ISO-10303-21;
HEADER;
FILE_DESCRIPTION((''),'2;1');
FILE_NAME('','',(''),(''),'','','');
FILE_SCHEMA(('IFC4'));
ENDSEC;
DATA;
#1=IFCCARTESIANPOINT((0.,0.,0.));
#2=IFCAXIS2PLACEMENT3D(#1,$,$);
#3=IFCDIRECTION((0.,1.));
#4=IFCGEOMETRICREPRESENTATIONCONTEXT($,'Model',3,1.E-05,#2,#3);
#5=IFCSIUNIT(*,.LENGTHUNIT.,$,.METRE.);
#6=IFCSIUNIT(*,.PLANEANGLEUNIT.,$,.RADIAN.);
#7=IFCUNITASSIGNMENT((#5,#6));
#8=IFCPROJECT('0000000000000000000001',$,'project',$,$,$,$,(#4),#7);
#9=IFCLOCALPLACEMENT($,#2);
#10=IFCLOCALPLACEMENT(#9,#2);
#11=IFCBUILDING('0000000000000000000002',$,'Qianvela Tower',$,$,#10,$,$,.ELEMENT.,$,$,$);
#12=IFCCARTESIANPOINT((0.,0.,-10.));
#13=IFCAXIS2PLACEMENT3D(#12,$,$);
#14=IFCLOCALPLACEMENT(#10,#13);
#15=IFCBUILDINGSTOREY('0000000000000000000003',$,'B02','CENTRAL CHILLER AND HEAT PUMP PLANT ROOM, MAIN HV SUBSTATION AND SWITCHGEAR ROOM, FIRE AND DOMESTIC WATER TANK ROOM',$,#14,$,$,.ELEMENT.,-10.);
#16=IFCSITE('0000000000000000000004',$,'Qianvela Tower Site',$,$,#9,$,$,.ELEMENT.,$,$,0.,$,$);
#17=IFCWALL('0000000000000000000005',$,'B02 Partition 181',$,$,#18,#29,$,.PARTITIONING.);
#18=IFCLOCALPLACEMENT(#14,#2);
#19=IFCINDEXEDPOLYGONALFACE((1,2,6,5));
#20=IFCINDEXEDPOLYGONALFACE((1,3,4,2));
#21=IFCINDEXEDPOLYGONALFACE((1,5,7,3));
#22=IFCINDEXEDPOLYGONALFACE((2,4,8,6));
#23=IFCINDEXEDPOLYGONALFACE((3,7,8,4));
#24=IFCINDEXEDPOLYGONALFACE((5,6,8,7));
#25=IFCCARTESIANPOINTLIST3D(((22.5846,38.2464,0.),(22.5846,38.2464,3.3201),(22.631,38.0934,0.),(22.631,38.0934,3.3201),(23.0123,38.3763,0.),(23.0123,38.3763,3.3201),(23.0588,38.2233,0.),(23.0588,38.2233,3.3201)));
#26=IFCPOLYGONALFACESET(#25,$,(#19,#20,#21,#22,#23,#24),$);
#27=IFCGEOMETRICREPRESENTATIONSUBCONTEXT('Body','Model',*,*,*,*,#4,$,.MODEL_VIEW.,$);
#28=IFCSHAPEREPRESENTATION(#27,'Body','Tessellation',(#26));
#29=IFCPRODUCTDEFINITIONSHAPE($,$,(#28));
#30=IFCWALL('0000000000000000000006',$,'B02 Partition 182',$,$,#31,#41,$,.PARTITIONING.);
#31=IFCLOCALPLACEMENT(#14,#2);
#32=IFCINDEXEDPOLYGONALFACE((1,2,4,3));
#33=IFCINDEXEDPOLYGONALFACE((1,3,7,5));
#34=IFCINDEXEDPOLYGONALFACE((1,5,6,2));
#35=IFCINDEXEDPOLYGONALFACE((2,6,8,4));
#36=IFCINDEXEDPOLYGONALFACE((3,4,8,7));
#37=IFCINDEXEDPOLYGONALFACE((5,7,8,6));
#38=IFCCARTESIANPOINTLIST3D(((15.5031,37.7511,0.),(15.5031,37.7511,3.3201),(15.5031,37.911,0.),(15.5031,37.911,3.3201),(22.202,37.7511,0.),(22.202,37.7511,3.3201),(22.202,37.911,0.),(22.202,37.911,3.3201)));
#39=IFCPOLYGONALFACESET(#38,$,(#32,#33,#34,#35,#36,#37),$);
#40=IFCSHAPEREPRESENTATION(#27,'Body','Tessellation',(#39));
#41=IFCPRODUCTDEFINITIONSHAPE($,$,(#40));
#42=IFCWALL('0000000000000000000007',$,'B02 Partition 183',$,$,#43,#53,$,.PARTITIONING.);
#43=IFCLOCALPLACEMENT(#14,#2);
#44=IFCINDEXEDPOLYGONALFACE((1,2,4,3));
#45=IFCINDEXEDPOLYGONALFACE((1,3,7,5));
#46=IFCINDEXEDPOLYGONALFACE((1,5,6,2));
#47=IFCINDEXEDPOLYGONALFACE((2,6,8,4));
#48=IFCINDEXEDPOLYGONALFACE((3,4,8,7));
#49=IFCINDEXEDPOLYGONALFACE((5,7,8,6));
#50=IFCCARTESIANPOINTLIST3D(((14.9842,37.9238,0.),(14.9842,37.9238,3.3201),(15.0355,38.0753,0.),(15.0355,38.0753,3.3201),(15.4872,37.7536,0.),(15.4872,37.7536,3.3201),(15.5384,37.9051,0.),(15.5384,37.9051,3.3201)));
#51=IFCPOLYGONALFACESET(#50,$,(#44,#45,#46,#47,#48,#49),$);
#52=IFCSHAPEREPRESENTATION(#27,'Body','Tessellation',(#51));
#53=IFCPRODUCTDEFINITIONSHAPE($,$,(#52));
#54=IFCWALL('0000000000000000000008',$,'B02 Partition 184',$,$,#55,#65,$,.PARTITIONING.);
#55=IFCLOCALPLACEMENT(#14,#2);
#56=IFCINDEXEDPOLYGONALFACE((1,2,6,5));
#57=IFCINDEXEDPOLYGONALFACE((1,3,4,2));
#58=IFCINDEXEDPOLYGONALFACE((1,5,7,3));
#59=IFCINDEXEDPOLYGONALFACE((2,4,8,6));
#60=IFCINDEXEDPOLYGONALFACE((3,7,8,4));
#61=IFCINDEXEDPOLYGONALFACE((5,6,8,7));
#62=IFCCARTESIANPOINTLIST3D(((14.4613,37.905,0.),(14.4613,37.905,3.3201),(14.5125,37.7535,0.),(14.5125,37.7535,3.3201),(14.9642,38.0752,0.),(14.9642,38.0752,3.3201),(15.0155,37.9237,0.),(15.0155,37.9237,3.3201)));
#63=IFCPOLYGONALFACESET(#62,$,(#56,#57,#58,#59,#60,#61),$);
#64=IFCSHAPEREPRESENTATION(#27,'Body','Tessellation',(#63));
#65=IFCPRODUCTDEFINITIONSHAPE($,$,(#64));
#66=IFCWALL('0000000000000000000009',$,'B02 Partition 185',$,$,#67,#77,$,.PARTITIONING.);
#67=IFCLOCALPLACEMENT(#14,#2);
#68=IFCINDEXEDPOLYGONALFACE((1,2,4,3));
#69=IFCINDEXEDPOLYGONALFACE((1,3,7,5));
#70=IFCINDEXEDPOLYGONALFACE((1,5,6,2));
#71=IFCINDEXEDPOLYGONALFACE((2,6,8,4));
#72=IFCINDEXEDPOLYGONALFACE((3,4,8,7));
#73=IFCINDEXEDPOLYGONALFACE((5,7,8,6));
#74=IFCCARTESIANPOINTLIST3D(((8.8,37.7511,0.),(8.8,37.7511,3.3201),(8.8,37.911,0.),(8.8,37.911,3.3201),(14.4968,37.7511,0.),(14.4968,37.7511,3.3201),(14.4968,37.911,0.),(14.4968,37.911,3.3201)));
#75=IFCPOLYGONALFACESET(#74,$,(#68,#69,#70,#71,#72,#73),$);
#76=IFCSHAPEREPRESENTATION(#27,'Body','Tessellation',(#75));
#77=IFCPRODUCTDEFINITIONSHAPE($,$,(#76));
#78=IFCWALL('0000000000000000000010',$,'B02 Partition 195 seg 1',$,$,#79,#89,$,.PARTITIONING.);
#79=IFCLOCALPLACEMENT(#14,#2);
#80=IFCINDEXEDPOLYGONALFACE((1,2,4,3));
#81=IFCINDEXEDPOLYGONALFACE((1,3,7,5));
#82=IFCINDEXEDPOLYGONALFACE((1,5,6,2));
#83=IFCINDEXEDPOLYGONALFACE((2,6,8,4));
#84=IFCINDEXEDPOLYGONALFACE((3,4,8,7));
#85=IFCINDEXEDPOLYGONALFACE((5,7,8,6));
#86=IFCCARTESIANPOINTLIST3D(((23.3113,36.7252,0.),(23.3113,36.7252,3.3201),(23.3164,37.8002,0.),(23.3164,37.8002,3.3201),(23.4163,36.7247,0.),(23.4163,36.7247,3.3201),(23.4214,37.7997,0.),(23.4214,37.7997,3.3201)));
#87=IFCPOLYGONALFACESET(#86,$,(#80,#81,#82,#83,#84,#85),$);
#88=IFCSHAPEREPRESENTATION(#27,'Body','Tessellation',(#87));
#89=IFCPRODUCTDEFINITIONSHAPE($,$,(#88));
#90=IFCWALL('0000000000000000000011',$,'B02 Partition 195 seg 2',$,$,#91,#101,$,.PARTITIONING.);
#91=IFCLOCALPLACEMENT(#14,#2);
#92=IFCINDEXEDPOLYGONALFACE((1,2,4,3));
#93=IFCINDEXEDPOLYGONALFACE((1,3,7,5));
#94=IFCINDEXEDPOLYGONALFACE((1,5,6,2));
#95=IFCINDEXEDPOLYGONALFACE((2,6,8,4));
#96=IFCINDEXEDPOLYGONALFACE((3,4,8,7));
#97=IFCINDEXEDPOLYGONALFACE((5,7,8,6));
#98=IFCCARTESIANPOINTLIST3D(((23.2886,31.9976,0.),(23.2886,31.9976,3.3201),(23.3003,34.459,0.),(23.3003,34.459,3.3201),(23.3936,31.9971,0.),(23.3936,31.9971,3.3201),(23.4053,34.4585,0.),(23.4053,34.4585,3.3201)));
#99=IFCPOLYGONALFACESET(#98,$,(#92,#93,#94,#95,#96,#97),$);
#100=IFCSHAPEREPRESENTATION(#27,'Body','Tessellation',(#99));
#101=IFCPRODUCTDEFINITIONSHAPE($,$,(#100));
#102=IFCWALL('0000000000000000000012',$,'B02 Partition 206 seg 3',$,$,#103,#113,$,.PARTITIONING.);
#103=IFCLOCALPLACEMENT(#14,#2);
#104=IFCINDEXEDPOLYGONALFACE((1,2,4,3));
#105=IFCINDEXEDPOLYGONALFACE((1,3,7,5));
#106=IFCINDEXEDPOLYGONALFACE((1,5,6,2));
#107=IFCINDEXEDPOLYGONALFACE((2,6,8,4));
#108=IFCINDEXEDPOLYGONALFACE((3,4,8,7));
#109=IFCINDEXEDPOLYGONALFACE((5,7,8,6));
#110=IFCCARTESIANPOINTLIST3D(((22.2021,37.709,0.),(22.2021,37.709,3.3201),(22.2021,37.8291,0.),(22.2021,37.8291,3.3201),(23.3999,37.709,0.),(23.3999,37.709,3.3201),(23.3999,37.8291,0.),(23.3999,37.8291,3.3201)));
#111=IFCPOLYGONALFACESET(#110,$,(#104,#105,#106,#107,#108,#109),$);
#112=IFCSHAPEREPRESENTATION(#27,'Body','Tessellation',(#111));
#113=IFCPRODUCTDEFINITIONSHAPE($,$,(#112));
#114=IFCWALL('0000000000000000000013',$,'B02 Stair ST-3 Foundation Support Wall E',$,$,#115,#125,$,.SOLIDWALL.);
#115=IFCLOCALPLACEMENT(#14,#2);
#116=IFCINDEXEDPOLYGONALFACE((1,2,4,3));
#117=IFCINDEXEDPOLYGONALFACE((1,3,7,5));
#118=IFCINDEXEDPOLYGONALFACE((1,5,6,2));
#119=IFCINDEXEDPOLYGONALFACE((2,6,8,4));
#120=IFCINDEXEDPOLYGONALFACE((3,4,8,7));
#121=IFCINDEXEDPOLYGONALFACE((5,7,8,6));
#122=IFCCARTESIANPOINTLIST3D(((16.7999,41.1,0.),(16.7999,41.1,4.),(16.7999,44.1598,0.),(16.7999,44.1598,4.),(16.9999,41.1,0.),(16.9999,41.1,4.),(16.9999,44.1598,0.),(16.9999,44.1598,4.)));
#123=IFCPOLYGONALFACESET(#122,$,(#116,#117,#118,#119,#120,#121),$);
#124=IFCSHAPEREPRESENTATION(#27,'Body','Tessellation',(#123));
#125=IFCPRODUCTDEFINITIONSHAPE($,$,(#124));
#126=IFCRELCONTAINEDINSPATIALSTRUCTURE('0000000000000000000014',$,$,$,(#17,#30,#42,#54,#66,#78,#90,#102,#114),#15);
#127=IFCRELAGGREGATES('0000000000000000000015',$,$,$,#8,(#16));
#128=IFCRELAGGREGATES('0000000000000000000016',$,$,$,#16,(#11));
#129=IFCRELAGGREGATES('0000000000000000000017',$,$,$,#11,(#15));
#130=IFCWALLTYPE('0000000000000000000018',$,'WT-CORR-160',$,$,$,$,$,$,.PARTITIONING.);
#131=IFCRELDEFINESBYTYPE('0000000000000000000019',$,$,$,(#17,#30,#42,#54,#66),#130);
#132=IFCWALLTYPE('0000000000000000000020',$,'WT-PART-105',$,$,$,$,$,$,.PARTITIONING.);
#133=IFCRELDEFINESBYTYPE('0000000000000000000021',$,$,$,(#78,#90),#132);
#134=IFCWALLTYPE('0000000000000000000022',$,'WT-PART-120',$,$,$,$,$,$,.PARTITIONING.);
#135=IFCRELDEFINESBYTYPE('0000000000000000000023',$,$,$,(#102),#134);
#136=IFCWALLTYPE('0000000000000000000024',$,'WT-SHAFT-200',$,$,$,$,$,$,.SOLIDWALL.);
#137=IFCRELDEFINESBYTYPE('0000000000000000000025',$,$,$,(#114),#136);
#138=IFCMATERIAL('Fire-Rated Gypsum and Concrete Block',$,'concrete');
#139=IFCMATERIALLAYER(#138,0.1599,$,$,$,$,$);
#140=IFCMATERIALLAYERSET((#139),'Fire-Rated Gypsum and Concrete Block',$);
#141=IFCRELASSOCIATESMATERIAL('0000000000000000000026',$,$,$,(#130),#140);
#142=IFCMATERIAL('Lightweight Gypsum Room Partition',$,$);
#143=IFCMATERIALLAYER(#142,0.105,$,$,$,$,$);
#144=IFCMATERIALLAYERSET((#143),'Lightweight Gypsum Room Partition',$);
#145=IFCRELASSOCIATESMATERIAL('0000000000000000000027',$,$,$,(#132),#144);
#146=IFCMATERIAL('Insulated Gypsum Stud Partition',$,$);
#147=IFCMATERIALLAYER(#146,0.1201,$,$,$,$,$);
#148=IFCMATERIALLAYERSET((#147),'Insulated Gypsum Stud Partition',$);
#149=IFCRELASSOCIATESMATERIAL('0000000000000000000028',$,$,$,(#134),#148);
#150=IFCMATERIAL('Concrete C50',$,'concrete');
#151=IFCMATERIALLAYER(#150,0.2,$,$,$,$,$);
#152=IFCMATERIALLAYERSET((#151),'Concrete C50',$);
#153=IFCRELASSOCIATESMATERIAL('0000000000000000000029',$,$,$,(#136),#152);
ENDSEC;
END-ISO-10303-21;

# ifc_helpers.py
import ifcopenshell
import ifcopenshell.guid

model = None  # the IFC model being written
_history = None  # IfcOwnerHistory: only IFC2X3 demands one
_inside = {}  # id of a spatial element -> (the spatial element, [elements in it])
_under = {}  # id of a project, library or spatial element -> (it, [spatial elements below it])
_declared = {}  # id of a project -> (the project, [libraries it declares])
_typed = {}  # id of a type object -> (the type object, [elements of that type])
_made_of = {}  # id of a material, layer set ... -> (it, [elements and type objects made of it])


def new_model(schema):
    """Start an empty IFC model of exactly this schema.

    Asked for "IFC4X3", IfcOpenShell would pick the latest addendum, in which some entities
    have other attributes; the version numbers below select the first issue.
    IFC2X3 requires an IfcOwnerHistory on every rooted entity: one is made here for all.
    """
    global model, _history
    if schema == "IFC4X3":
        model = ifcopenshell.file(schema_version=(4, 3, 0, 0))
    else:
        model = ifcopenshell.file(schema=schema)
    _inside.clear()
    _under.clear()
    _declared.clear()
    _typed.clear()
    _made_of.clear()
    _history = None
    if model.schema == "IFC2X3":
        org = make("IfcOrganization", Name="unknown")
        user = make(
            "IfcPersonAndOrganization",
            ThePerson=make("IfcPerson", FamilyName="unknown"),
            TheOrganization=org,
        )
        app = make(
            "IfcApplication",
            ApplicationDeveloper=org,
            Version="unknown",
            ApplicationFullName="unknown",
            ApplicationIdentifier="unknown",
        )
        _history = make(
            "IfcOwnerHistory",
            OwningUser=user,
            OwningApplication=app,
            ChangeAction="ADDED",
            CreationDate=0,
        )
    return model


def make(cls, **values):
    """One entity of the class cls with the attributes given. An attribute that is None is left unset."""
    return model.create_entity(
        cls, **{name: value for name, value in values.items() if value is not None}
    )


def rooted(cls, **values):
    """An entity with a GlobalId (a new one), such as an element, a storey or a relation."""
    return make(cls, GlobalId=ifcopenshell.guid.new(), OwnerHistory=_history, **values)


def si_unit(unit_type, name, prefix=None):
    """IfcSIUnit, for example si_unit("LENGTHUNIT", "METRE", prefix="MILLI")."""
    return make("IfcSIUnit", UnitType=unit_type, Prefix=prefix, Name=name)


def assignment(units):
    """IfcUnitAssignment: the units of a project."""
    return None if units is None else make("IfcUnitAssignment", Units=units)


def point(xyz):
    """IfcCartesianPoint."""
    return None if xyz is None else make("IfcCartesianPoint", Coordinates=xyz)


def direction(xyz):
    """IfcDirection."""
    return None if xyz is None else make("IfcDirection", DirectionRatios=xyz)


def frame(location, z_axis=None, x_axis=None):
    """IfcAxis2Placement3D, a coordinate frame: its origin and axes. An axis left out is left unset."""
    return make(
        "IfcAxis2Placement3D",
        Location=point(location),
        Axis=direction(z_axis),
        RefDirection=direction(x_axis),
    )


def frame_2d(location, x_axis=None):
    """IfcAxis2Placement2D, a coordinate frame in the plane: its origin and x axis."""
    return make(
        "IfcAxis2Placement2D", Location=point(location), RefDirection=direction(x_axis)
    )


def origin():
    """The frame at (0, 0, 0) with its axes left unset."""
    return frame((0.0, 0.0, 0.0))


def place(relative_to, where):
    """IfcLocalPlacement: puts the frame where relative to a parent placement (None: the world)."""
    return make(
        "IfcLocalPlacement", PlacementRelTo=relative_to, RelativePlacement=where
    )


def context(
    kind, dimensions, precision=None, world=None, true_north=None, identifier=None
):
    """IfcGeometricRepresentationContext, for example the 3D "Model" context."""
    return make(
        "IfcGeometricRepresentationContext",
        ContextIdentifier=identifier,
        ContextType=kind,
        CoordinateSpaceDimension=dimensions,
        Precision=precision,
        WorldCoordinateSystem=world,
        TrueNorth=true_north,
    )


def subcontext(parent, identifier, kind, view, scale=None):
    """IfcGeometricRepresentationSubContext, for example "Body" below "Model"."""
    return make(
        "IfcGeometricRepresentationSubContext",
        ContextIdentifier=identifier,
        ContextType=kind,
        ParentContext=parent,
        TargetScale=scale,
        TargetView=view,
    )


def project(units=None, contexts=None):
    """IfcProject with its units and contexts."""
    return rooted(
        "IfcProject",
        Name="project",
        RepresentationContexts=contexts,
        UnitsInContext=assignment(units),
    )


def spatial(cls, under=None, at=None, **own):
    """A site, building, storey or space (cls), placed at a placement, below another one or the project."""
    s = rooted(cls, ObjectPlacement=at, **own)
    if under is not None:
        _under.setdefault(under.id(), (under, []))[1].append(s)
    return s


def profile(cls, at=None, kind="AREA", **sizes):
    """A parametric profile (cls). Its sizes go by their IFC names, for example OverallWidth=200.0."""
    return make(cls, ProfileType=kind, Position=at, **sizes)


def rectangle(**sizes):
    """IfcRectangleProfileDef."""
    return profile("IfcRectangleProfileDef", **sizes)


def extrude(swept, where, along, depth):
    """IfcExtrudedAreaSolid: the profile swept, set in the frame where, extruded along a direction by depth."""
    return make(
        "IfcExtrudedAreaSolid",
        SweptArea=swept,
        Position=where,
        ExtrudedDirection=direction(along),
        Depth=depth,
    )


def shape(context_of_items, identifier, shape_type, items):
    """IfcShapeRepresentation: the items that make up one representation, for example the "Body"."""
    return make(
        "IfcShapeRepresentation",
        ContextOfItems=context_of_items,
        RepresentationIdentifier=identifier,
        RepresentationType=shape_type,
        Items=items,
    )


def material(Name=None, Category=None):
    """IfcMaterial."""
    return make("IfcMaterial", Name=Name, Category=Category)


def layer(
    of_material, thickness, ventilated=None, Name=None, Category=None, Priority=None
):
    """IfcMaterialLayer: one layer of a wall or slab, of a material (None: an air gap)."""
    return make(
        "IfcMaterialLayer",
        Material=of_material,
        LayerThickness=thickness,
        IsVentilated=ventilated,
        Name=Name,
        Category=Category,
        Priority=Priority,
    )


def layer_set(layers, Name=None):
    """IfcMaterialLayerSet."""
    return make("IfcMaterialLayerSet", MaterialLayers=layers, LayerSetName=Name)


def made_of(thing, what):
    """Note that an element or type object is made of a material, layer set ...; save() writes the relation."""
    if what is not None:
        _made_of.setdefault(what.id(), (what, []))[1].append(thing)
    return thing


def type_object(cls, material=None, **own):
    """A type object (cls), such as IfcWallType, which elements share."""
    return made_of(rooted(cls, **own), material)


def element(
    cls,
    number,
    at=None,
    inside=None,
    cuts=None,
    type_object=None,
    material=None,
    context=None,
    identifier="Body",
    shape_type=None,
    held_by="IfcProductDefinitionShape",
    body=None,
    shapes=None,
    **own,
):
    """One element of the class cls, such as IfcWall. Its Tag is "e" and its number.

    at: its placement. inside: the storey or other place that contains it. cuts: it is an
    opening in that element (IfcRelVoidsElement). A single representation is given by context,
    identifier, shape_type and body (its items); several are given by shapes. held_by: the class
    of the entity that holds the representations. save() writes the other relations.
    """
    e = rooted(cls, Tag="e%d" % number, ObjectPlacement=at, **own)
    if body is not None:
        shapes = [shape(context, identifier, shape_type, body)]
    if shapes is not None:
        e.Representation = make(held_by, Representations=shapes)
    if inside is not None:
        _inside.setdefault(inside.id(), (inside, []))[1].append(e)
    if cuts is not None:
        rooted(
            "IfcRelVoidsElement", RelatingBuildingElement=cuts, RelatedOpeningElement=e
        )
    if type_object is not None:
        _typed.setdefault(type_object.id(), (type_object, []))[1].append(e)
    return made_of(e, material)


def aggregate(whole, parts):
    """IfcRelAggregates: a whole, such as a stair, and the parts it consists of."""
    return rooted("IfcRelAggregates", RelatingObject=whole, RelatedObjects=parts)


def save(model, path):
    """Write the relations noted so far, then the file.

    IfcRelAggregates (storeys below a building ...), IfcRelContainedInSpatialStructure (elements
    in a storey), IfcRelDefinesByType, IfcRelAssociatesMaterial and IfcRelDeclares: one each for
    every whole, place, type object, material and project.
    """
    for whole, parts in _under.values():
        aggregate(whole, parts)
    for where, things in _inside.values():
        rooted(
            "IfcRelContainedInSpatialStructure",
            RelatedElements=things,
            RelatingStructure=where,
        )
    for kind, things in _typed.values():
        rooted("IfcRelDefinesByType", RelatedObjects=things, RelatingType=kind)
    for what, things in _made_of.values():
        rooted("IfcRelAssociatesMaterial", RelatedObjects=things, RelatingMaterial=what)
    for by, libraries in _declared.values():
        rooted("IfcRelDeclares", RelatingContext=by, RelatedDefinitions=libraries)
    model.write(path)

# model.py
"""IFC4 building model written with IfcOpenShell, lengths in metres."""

from ifc_helpers import new_model, si_unit, direction, frame, frame_2d, origin, place, context, subcontext, project, spatial, rectangle, extrude, material, layer, layer_set, type_object, element, save


model = new_model("IFC4")

# Units and contexts
model_context = context("Model", 3, precision=1e-05, world=origin(), true_north=direction((0.0, 1.0)))
body_context = subcontext(model_context, "Body", "Model", "MODEL_VIEW")
ifc_project = project(units=[si_unit("LENGTHUNIT", "METRE"), si_unit("PLANEANGLEUNIT", "RADIAN")], contexts=[model_context])

# Site, building, storey
site_placement = place(None, origin())
site = spatial("IfcSite", under=ifc_project, at=site_placement, Name="Qianvela Tower Site", CompositionType="ELEMENT", RefElevation=0.0)
building_placement = place(site_placement, origin())
building = spatial("IfcBuilding", under=site, at=building_placement, Name="Qianvela Tower", CompositionType="ELEMENT")
storey_placement = place(building_placement, frame((0.0, 0.0, -10.0)))
storey = spatial("IfcBuildingStorey", under=building, at=storey_placement, Name="B02", Description="CENTRAL CHILLER AND HEAT PUMP PLANT ROOM, MAIN HV SUBSTATION AND SWITCHGEAR ROOM, FIRE AND DOMESTIC WATER TANK ROOM", CompositionType="ELEMENT", Elevation=-10.0)

# Shared definitions
ifc_material_1 = material(Name="Fire-Rated Gypsum and Concrete Block", Category="concrete")
ifc_layer_1 = layer(ifc_material_1, 0.1599)
ifc_layer_set_1 = layer_set([ifc_layer_1], Name="Fire-Rated Gypsum and Concrete Block")
wall_type_1 = type_object("IfcWallType", Name="WT-CORR-160", PredefinedType="PARTITIONING", material=ifc_layer_set_1)

# Walls
wall_1_placement = place(storey_placement, frame((23.0356, 38.2998, 0.0), z_axis=(0.0, 0.0, 1.0), x_axis=(-0.956859, -0.290553, 0.0)))
element("IfcWall", 1, at=wall_1_placement, inside=storey, type_object=wall_type_1, Name="B02 Partition 181", PredefinedType="PARTITIONING", context=body_context, shape_type="SweptSolid", body=[
    extrude(rectangle(XDim=0.447, YDim=0.1599, at=frame_2d((0.2236, 0.0))), origin(), (0.0, 0.0, 1.0), 3.3201),
])
wall_2_placement = place(storey_placement, frame((22.2021, 37.8311, 0.0), z_axis=(0.0, 0.0, 1.0), x_axis=(-1.0, 0.0, 0.0)))
element("IfcWall", 2, at=wall_2_placement, inside=storey, type_object=wall_type_1, Name="B02 Partition 182", PredefinedType="PARTITIONING", context=body_context, shape_type="SweptSolid", body=[
    extrude(rectangle(XDim=6.699, YDim=0.1599, at=frame_2d((3.3496, 0.0))), origin(), (0.0, 0.0, 1.0), 3.3201),
])
for number, where, z_axis, x_axis, name in (
    (3, (15.5129, 37.8293, 0.0), (0.0, 0.0, 1.0), (-0.947248, 0.320501, 0.0), "B02 Partition 183"),
    (4, (14.99, 37.9995, 0.0), (0.0, 0.0, 1.0), (-0.947248, -0.320501, 0.0), "B02 Partition 184"),
):
    element("IfcWall", number, at=place(storey_placement, frame(where, z_axis=z_axis, x_axis=x_axis)), inside=storey, type_object=wall_type_1, Name=name, PredefinedType="PARTITIONING", context=body_context, shape_type="SweptSolid", body=[
        extrude(rectangle(XDim=0.531, YDim=0.1599, at=frame_2d((0.2656, 0.0))), origin(), (0.0, 0.0, 1.0), 3.3201),
    ])
wall_3_placement = place(storey_placement, frame((14.4968, 37.8311, 0.0), z_axis=(0.0, 0.0, 1.0), x_axis=(-1.0, 0.0, 0.0)))
element("IfcWall", 5, at=wall_3_placement, inside=storey, type_object=wall_type_1, Name="B02 Partition 185", PredefinedType="PARTITIONING", context=body_context, shape_type="SweptSolid", body=[
    extrude(rectangle(XDim=5.6968, YDim=0.1599, at=frame_2d((2.8484, 0.0))), origin(), (0.0, 0.0, 1.0), 3.3201),
])
ifc_material_2 = material(Name="Lightweight Gypsum Room Partition")
ifc_layer_2 = layer(ifc_material_2, 0.105)
ifc_layer_set_2 = layer_set([ifc_layer_2], Name="Lightweight Gypsum Room Partition")
wall_type_2 = type_object("IfcWallType", Name="WT-PART-105", PredefinedType="PARTITIONING", material=ifc_layer_set_2)
wall_4_placement = place(storey_placement, frame((23.3689, 37.8, 0.0), z_axis=(0.0, 0.0, 1.0), x_axis=(-0.004769, -0.999989, 0.0)))
element("IfcWall", 6, at=wall_4_placement, inside=storey, type_object=wall_type_2, Name="B02 Partition 195 seg 1", PredefinedType="PARTITIONING", context=body_context, shape_type="SweptSolid", body=[
    extrude(rectangle(XDim=1.075, YDim=0.105, at=frame_2d((0.5376, 0.0))), origin(), (0.0, 0.0, 1.0), 3.3201),
])
wall_5_placement = place(storey_placement, frame((23.3528, 34.4587, 0.0), z_axis=(0.0, 0.0, 1.0), x_axis=(-0.004761, -0.999989, 0.0)))
element("IfcWall", 7, at=wall_5_placement, inside=storey, type_object=wall_type_2, Name="B02 Partition 195 seg 2", PredefinedType="PARTITIONING", context=body_context, shape_type="SweptSolid", body=[
    extrude(rectangle(XDim=2.4614, YDim=0.105, at=frame_2d((1.2307, 0.0))), origin(), (0.0, 0.0, 1.0), 3.3201),
])
ifc_material_3 = material(Name="Insulated Gypsum Stud Partition")
ifc_layer_3 = layer(ifc_material_3, 0.1201)
ifc_layer_set_3 = layer_set([ifc_layer_3], Name="Insulated Gypsum Stud Partition")
wall_type_3 = type_object("IfcWallType", Name="WT-PART-120", PredefinedType="PARTITIONING", material=ifc_layer_set_3)
wall_6_placement = place(storey_placement, frame((22.2021, 37.769, 0.0), z_axis=(0.0, 0.0, 1.0), x_axis=(1.0, 0.0, 0.0)))
element("IfcWall", 8, at=wall_6_placement, inside=storey, type_object=wall_type_3, Name="B02 Partition 206 seg 3", PredefinedType="PARTITIONING", context=body_context, shape_type="SweptSolid", body=[
    extrude(rectangle(XDim=1.1978, YDim=0.1201, at=frame_2d((0.5989, 0.0))), origin(), (0.0, 0.0, 1.0), 3.3201),
])
ifc_material_4 = material(Name="Concrete C50", Category="concrete")
ifc_layer_4 = layer(ifc_material_4, 0.2)
ifc_layer_set_4 = layer_set([ifc_layer_4], Name="Concrete C50")
wall_type_4 = type_object("IfcWallType", Name="WT-SHAFT-200", PredefinedType="SOLIDWALL", material=ifc_layer_set_4)
wall_7_placement = place(storey_placement, frame((16.8999, 41.1001, 0.0), z_axis=(0.0, 0.0, 1.0), x_axis=(0.0, 1.0, 0.0)))
element("IfcWall", 9, at=wall_7_placement, inside=storey, type_object=wall_type_4, Name="B02 Stair ST-3 Foundation Support Wall E", PredefinedType="SOLIDWALL", context=body_context, shape_type="SweptSolid", body=[
    extrude(rectangle(XDim=3.0598, YDim=0.2, at=frame_2d((1.5298, 0.0))), origin(), (0.0, 0.0, 1.0), 4.0),
])

save(model, "model.ifc")
